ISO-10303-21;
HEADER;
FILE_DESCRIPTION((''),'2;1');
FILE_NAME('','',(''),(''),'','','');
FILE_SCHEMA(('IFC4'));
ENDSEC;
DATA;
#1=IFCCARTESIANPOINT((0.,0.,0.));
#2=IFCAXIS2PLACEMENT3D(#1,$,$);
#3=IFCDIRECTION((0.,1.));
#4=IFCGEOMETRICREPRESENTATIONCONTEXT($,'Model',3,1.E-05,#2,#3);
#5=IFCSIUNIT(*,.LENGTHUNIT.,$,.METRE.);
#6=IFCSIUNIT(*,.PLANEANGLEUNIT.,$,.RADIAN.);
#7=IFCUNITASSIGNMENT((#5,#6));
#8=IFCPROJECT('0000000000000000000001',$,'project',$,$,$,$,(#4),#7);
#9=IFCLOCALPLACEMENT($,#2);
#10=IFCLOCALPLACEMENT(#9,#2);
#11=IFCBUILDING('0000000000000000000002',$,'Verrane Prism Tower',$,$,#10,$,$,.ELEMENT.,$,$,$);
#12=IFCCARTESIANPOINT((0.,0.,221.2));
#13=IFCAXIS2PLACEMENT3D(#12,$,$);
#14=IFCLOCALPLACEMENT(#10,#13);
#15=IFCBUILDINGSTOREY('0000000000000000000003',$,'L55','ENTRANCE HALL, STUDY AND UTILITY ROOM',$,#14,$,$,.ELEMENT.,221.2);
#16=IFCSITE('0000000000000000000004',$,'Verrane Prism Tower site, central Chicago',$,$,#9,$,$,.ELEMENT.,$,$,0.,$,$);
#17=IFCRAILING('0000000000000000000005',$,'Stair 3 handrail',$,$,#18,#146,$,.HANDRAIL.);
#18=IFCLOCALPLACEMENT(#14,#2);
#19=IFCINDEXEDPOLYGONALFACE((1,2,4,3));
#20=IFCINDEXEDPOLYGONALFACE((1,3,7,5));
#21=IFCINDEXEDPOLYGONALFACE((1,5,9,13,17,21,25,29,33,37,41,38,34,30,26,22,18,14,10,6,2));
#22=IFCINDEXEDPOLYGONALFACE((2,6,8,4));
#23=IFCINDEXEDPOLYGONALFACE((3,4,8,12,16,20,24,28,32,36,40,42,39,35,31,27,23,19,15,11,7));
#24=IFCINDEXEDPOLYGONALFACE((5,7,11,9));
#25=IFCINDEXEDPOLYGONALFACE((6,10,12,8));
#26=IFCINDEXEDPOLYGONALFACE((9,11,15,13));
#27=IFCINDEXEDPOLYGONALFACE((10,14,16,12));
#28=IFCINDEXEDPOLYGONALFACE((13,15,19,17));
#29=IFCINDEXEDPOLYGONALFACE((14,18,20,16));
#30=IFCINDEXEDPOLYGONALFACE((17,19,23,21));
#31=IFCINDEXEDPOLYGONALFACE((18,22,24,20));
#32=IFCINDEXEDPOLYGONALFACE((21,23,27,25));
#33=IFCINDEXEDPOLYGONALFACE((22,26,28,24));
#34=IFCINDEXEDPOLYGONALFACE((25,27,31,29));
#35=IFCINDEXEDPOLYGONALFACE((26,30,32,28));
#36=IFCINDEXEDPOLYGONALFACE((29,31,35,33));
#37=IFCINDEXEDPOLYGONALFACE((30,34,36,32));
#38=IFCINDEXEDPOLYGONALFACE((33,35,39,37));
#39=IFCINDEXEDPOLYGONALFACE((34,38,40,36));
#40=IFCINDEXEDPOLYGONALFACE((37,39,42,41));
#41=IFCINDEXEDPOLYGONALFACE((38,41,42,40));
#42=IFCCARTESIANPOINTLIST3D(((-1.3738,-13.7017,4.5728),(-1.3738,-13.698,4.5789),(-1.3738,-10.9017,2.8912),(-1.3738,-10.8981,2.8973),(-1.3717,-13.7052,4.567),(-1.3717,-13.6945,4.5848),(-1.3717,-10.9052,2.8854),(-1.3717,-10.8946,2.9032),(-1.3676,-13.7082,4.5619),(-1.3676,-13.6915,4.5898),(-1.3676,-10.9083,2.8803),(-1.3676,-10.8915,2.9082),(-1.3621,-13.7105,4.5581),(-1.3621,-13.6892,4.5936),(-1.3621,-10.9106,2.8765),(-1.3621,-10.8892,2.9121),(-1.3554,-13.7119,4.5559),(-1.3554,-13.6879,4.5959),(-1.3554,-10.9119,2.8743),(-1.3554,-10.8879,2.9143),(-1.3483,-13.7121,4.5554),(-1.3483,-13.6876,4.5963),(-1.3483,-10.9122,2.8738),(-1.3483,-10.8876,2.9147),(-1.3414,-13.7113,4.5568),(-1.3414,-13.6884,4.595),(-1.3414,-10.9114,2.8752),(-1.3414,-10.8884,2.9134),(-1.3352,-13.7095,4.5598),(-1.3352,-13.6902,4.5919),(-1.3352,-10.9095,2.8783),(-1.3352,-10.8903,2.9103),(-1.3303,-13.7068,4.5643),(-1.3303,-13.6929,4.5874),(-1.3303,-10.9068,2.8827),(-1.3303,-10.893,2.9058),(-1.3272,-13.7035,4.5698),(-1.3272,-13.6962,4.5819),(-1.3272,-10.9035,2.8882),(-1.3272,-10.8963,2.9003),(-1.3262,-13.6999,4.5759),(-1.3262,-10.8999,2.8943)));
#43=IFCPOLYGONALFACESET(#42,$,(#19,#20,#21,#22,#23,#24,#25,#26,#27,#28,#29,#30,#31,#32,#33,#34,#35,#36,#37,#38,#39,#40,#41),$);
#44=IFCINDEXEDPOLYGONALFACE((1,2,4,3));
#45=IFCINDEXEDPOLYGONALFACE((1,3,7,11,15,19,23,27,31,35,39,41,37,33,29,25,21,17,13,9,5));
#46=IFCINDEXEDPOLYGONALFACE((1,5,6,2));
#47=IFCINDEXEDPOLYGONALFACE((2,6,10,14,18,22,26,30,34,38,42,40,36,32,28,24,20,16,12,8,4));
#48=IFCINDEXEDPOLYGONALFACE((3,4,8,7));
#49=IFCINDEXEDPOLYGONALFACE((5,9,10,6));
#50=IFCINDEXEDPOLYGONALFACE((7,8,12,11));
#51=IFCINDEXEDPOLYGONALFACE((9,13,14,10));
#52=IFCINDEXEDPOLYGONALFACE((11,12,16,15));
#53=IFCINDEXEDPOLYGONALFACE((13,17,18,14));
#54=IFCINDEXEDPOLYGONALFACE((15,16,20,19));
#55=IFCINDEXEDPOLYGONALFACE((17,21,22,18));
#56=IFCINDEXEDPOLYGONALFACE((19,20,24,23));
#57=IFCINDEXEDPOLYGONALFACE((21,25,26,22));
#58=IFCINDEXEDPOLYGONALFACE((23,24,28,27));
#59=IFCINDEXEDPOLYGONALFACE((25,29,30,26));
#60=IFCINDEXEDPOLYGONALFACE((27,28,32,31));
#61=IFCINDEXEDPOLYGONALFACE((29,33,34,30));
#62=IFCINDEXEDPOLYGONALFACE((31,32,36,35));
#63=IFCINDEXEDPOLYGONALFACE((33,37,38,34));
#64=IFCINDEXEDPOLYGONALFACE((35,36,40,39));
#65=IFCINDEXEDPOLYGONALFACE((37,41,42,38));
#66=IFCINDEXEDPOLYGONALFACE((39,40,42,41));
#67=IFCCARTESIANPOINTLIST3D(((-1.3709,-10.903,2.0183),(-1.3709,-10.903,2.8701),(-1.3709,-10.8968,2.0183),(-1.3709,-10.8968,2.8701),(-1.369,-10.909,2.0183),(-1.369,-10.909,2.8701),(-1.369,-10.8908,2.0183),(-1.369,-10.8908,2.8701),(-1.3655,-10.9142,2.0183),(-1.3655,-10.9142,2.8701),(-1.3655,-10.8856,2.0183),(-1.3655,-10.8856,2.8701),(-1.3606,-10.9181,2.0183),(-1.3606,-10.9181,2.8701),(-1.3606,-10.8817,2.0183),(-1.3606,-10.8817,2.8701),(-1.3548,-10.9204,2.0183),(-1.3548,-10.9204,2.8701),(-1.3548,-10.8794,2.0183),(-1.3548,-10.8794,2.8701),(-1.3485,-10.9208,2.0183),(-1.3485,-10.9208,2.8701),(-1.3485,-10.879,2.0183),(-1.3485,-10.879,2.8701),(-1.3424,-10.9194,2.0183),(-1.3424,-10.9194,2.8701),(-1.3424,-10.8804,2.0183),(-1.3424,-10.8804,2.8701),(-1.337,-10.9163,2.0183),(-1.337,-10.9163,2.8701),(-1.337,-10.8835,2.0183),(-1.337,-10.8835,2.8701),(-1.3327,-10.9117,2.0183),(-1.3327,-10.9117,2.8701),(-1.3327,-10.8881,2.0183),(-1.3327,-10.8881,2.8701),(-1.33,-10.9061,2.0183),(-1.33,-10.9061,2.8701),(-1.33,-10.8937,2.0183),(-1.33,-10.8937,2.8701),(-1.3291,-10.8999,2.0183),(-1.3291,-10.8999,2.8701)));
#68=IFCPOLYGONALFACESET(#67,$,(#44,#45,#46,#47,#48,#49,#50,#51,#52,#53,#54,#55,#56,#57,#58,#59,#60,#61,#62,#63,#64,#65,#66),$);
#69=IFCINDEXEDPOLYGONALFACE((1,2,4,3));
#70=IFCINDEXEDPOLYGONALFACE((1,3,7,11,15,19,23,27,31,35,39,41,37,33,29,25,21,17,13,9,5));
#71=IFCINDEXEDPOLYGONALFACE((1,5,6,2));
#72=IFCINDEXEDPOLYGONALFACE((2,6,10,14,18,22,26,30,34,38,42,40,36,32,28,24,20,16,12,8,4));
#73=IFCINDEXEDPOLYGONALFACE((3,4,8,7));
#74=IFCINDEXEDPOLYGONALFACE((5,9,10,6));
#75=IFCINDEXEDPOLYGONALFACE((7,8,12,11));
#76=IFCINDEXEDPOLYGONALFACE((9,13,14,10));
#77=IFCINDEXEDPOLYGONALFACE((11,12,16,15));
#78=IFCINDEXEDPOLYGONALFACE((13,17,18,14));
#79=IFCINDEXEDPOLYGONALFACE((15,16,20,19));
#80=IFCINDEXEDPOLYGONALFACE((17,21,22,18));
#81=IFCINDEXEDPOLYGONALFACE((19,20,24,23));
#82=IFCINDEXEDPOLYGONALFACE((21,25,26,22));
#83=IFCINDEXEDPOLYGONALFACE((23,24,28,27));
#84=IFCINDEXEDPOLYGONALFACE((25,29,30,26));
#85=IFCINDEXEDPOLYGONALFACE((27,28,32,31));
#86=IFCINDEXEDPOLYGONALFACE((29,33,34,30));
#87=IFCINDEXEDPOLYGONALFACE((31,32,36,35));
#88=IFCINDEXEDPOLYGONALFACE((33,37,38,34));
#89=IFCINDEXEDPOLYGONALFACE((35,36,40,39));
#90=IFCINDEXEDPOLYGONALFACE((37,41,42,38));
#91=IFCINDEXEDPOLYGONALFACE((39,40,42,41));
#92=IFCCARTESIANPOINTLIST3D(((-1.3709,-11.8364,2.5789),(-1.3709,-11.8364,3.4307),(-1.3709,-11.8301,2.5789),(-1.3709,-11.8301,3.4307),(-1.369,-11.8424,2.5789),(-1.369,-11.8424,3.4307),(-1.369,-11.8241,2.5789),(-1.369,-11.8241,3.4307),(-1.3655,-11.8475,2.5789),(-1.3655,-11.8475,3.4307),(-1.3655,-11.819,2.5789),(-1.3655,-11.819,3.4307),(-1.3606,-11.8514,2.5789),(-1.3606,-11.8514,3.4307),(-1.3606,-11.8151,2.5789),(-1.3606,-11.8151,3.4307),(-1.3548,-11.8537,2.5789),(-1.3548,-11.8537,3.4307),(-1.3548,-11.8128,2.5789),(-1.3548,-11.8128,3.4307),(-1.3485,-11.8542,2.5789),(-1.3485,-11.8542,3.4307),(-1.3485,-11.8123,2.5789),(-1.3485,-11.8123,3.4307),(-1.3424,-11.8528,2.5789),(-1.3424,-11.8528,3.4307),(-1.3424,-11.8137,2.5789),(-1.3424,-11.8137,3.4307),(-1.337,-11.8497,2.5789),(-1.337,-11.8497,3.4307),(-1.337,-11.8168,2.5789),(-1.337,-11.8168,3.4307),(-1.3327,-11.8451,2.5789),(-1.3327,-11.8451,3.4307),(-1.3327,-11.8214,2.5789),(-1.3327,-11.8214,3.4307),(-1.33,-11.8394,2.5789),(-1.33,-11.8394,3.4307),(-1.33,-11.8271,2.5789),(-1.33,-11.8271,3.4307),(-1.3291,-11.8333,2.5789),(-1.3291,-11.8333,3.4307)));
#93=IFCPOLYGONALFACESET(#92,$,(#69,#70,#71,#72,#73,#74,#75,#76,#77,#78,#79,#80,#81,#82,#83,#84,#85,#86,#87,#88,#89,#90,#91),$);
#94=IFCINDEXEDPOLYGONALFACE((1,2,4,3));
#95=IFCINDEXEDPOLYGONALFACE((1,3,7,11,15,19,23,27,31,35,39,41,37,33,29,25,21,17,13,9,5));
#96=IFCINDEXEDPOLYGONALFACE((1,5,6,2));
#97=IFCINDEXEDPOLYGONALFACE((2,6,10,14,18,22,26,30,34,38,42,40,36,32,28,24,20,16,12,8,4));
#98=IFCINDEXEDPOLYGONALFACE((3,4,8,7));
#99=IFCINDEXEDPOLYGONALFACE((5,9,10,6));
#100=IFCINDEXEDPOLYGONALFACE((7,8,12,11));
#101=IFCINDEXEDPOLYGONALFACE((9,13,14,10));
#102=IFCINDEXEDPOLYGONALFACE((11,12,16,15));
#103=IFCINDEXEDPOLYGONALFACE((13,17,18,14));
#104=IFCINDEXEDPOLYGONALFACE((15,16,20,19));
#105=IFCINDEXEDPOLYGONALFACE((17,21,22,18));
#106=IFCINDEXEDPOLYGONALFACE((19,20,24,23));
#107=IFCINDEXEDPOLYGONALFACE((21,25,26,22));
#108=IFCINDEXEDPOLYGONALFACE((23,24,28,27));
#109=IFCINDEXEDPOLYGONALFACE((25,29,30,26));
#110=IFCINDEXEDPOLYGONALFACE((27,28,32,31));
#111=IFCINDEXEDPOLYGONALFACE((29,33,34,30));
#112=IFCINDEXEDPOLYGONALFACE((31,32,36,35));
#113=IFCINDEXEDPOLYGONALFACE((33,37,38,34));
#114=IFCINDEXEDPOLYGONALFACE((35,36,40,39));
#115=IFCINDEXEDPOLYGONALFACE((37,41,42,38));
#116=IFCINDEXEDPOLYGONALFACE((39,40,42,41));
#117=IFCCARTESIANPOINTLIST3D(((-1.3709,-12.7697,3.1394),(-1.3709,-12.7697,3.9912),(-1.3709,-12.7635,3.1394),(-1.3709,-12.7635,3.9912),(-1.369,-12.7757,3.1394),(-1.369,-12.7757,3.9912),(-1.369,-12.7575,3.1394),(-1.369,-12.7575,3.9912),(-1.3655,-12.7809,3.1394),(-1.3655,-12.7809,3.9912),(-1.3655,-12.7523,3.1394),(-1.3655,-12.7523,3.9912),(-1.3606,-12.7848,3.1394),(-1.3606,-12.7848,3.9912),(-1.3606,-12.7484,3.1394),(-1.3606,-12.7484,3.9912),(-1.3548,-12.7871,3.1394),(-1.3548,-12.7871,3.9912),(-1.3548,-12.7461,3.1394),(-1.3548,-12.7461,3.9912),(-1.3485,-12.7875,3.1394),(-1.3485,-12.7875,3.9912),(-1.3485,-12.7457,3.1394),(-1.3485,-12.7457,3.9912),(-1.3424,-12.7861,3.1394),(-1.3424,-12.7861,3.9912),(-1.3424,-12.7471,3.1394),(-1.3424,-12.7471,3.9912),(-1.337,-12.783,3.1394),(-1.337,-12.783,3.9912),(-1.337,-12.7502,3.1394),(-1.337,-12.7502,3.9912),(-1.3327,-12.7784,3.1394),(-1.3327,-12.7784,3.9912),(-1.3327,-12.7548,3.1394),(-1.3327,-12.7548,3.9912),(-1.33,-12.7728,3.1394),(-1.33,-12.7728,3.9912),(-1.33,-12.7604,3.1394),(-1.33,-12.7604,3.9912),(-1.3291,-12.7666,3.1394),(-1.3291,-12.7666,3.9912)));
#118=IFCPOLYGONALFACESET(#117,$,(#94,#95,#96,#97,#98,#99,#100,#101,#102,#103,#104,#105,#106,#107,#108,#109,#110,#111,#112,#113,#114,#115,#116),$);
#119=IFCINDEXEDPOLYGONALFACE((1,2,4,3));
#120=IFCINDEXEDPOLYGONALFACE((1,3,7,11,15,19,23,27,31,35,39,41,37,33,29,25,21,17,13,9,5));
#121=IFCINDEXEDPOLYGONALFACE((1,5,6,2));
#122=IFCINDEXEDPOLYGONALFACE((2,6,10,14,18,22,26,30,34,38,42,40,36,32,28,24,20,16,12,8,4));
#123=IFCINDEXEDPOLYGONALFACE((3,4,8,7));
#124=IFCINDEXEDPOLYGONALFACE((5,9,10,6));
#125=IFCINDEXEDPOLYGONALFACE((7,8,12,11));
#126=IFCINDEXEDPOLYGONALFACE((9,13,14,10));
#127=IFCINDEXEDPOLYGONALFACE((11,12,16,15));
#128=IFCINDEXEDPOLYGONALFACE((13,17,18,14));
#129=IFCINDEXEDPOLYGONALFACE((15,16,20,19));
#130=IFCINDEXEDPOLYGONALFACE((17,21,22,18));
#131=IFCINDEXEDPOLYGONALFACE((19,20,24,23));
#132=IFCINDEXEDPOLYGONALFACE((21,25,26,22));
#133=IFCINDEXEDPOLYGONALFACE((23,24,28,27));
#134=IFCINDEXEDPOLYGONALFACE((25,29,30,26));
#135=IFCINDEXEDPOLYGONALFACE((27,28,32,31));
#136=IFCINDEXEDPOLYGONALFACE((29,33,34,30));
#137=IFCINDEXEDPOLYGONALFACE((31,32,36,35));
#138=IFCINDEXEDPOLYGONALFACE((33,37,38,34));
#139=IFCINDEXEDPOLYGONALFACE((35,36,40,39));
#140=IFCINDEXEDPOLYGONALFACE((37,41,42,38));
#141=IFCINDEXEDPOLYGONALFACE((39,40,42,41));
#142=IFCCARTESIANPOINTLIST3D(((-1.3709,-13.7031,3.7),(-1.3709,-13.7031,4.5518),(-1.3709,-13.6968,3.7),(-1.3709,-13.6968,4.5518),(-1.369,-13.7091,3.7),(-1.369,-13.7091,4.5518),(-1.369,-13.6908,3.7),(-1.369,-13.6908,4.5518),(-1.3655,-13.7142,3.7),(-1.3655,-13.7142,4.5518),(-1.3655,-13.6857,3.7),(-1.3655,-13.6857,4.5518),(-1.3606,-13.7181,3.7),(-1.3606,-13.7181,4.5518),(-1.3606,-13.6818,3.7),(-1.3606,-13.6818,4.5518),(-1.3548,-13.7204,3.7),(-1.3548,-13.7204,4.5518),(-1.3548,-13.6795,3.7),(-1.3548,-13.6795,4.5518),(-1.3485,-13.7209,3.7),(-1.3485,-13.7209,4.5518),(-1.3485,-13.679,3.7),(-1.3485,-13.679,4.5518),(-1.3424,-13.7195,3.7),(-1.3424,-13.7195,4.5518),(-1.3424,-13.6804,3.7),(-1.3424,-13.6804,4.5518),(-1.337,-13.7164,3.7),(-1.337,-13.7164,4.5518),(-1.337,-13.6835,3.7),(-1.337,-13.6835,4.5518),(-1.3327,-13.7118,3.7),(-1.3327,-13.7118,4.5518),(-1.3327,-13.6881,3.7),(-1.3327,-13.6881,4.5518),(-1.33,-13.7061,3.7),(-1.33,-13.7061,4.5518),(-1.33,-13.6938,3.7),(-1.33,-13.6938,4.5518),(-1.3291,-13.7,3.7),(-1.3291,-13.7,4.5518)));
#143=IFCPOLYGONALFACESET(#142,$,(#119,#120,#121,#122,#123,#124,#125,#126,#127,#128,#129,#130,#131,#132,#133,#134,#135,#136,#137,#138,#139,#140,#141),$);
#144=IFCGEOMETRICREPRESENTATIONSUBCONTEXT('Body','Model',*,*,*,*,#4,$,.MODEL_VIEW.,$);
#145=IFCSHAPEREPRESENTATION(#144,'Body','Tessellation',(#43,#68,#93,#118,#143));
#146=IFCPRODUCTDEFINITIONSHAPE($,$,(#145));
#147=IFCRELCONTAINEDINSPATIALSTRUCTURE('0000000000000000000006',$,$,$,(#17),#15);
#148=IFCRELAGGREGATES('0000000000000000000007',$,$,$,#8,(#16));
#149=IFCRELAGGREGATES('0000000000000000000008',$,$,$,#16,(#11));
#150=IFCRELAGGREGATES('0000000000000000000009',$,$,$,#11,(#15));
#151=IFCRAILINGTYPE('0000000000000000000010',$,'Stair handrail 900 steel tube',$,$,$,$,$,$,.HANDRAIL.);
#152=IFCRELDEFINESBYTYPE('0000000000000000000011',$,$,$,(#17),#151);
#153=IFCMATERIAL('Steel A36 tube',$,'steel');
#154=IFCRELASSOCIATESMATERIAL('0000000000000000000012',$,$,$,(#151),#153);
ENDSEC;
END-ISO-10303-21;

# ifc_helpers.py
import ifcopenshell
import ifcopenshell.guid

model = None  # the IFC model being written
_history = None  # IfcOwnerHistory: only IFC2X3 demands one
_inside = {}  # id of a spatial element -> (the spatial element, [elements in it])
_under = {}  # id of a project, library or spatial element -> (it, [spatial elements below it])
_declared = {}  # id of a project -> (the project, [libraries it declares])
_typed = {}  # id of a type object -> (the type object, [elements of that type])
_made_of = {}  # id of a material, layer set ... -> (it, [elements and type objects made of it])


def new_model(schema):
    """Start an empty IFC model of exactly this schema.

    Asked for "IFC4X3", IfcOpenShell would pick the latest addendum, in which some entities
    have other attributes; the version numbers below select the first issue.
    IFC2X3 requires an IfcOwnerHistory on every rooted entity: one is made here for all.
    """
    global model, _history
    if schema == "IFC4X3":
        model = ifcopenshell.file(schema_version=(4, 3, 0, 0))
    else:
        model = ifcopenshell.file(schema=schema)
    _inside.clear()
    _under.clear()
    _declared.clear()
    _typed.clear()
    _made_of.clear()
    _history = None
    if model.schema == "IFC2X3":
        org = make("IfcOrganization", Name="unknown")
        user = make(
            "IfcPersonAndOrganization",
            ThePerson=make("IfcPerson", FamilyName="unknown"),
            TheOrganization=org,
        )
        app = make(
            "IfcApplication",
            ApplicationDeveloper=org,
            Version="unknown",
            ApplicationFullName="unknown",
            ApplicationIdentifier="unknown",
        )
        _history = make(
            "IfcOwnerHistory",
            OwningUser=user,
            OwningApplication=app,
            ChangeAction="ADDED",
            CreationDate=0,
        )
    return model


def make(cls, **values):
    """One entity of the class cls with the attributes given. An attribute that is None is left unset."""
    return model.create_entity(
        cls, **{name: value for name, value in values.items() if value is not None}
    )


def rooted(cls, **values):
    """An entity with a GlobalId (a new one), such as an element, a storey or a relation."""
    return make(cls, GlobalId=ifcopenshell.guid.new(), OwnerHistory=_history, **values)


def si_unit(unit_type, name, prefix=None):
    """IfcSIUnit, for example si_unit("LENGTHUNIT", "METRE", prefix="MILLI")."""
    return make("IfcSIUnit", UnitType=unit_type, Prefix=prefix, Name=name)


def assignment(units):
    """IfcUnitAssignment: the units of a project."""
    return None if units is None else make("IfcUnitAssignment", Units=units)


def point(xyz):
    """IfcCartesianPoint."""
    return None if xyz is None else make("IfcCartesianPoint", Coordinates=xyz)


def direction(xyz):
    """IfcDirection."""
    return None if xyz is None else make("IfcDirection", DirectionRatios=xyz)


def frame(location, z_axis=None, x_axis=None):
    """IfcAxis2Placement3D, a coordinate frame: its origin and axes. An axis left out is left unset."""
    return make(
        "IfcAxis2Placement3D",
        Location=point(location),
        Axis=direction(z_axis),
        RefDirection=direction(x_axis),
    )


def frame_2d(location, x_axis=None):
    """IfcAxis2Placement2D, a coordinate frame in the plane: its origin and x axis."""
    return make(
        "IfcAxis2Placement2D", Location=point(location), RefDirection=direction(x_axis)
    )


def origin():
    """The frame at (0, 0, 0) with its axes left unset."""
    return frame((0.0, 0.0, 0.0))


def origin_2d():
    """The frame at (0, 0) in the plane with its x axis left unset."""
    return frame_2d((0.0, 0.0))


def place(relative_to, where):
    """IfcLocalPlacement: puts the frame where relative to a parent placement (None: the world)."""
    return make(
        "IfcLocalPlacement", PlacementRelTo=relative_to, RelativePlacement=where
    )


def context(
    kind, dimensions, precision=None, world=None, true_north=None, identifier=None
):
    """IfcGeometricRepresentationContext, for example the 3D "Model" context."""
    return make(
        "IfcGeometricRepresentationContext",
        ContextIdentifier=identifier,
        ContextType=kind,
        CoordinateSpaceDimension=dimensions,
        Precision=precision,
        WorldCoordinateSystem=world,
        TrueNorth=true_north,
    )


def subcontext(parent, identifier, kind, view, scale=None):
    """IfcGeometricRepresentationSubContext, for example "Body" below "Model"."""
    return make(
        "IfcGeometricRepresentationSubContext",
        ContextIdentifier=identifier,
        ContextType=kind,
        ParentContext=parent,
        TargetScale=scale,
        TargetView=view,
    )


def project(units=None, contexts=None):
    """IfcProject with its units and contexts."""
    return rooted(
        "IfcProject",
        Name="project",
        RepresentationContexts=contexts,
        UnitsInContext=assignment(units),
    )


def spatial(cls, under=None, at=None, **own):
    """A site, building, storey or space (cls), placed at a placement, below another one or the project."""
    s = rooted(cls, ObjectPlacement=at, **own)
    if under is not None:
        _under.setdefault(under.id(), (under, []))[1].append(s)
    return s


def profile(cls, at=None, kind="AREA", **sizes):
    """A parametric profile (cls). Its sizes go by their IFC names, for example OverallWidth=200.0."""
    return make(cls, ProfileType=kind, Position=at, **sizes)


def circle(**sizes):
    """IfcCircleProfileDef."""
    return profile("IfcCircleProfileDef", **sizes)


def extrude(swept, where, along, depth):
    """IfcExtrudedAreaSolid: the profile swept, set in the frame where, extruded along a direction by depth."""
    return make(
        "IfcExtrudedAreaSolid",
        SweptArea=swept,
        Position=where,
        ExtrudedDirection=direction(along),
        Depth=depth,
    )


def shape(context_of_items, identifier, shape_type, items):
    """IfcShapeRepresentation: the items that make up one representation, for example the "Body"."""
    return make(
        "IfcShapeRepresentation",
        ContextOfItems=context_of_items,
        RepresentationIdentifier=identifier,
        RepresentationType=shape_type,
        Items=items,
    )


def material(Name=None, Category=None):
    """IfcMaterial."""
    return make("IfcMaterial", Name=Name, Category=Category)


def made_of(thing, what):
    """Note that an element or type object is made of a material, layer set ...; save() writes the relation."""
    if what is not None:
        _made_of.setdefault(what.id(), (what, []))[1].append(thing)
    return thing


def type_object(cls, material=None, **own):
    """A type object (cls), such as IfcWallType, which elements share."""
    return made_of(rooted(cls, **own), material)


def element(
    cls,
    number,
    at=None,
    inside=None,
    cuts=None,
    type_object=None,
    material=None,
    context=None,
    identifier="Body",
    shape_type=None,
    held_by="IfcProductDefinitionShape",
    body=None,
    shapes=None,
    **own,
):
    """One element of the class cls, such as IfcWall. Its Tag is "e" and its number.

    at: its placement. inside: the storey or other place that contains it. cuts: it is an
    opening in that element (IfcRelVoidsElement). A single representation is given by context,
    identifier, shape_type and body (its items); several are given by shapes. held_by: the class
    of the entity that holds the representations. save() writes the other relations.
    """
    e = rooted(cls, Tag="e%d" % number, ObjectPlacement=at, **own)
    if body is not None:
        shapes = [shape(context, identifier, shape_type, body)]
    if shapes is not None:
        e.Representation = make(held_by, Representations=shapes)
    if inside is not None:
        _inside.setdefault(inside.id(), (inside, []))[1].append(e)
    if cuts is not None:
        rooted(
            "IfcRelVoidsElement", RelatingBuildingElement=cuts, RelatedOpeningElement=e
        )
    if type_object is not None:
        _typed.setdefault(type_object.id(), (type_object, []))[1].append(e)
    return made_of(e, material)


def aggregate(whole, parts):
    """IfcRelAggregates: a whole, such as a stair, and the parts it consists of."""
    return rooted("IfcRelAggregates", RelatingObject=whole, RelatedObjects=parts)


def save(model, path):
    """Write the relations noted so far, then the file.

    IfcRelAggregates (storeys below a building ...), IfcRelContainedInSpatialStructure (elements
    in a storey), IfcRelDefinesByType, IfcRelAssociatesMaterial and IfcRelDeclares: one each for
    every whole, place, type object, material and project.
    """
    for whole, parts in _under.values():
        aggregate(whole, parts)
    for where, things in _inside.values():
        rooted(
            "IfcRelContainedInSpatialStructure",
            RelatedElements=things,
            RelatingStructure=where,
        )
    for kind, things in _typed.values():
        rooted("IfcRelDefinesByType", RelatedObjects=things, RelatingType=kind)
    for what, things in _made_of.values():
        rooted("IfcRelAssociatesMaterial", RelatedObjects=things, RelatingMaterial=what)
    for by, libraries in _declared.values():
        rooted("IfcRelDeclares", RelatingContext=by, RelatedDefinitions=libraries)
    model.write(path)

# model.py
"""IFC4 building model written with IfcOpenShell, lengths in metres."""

from ifc_helpers import new_model, si_unit, direction, frame, origin, origin_2d, place, context, subcontext, project, spatial, circle, extrude, material, type_object, element, save


model = new_model("IFC4")

# Units and contexts
model_context = context("Model", 3, precision=1e-05, world=origin(), true_north=direction((0.0, 1.0)))
body_context = subcontext(model_context, "Body", "Model", "MODEL_VIEW")
ifc_project = project(units=[si_unit("LENGTHUNIT", "METRE"), si_unit("PLANEANGLEUNIT", "RADIAN")], contexts=[model_context])

# Site, building, storey
site_placement = place(None, origin())
site = spatial("IfcSite", under=ifc_project, at=site_placement, Name="Verrane Prism Tower site, central Chicago", CompositionType="ELEMENT", RefElevation=0.0)
building_placement = place(site_placement, origin())
building = spatial("IfcBuilding", under=site, at=building_placement, Name="Verrane Prism Tower", CompositionType="ELEMENT")
storey_placement = place(building_placement, frame((0.0, 0.0, 221.2)))
storey = spatial("IfcBuildingStorey", under=building, at=storey_placement, Name="L55", Description="ENTRANCE HALL, STUDY AND UTILITY ROOM", CompositionType="ELEMENT", Elevation=221.2)

# Railing
ifc_material_1 = material(Name="Steel A36 tube", Category="steel")
railing_type = type_object("IfcRailingType", Name="Stair handrail 900 steel tube", PredefinedType="HANDRAIL", material=ifc_material_1)
railing_placement = place(storey_placement, frame((-1.3501, -10.8999, 2.0183)))
element("IfcRailing", 1, at=railing_placement, inside=storey, type_object=railing_type, Name="Stair 3 handrail", PredefinedType="HANDRAIL", context=body_context, shape_type="SweptSolid", body=[
    extrude(circle(Radius=0.0239, at=origin_2d()), frame((0.0, 0.0, 0.876), z_axis=(0.0, -0.857275, 0.514858), x_axis=(1.0, 0.0, 0.0)), (0.0, 0.0, 1.0), 3.2661),
    extrude(circle(Radius=0.021, at=origin_2d()), origin(), (0.0, 0.0, 1.0), 0.8518),
    extrude(circle(Radius=0.021, at=origin_2d()), frame((0.0, -0.9333, 0.5605)), (0.0, 0.0, 1.0), 0.8518),
    extrude(circle(Radius=0.021, at=origin_2d()), frame((0.0, -1.8667, 1.1211)), (0.0, 0.0, 1.0), 0.8518),
    extrude(circle(Radius=0.021, at=origin_2d()), frame((0.0, -2.8, 1.6816)), (0.0, 0.0, 1.0), 0.8518),
])

save(model, "model.ifc")
